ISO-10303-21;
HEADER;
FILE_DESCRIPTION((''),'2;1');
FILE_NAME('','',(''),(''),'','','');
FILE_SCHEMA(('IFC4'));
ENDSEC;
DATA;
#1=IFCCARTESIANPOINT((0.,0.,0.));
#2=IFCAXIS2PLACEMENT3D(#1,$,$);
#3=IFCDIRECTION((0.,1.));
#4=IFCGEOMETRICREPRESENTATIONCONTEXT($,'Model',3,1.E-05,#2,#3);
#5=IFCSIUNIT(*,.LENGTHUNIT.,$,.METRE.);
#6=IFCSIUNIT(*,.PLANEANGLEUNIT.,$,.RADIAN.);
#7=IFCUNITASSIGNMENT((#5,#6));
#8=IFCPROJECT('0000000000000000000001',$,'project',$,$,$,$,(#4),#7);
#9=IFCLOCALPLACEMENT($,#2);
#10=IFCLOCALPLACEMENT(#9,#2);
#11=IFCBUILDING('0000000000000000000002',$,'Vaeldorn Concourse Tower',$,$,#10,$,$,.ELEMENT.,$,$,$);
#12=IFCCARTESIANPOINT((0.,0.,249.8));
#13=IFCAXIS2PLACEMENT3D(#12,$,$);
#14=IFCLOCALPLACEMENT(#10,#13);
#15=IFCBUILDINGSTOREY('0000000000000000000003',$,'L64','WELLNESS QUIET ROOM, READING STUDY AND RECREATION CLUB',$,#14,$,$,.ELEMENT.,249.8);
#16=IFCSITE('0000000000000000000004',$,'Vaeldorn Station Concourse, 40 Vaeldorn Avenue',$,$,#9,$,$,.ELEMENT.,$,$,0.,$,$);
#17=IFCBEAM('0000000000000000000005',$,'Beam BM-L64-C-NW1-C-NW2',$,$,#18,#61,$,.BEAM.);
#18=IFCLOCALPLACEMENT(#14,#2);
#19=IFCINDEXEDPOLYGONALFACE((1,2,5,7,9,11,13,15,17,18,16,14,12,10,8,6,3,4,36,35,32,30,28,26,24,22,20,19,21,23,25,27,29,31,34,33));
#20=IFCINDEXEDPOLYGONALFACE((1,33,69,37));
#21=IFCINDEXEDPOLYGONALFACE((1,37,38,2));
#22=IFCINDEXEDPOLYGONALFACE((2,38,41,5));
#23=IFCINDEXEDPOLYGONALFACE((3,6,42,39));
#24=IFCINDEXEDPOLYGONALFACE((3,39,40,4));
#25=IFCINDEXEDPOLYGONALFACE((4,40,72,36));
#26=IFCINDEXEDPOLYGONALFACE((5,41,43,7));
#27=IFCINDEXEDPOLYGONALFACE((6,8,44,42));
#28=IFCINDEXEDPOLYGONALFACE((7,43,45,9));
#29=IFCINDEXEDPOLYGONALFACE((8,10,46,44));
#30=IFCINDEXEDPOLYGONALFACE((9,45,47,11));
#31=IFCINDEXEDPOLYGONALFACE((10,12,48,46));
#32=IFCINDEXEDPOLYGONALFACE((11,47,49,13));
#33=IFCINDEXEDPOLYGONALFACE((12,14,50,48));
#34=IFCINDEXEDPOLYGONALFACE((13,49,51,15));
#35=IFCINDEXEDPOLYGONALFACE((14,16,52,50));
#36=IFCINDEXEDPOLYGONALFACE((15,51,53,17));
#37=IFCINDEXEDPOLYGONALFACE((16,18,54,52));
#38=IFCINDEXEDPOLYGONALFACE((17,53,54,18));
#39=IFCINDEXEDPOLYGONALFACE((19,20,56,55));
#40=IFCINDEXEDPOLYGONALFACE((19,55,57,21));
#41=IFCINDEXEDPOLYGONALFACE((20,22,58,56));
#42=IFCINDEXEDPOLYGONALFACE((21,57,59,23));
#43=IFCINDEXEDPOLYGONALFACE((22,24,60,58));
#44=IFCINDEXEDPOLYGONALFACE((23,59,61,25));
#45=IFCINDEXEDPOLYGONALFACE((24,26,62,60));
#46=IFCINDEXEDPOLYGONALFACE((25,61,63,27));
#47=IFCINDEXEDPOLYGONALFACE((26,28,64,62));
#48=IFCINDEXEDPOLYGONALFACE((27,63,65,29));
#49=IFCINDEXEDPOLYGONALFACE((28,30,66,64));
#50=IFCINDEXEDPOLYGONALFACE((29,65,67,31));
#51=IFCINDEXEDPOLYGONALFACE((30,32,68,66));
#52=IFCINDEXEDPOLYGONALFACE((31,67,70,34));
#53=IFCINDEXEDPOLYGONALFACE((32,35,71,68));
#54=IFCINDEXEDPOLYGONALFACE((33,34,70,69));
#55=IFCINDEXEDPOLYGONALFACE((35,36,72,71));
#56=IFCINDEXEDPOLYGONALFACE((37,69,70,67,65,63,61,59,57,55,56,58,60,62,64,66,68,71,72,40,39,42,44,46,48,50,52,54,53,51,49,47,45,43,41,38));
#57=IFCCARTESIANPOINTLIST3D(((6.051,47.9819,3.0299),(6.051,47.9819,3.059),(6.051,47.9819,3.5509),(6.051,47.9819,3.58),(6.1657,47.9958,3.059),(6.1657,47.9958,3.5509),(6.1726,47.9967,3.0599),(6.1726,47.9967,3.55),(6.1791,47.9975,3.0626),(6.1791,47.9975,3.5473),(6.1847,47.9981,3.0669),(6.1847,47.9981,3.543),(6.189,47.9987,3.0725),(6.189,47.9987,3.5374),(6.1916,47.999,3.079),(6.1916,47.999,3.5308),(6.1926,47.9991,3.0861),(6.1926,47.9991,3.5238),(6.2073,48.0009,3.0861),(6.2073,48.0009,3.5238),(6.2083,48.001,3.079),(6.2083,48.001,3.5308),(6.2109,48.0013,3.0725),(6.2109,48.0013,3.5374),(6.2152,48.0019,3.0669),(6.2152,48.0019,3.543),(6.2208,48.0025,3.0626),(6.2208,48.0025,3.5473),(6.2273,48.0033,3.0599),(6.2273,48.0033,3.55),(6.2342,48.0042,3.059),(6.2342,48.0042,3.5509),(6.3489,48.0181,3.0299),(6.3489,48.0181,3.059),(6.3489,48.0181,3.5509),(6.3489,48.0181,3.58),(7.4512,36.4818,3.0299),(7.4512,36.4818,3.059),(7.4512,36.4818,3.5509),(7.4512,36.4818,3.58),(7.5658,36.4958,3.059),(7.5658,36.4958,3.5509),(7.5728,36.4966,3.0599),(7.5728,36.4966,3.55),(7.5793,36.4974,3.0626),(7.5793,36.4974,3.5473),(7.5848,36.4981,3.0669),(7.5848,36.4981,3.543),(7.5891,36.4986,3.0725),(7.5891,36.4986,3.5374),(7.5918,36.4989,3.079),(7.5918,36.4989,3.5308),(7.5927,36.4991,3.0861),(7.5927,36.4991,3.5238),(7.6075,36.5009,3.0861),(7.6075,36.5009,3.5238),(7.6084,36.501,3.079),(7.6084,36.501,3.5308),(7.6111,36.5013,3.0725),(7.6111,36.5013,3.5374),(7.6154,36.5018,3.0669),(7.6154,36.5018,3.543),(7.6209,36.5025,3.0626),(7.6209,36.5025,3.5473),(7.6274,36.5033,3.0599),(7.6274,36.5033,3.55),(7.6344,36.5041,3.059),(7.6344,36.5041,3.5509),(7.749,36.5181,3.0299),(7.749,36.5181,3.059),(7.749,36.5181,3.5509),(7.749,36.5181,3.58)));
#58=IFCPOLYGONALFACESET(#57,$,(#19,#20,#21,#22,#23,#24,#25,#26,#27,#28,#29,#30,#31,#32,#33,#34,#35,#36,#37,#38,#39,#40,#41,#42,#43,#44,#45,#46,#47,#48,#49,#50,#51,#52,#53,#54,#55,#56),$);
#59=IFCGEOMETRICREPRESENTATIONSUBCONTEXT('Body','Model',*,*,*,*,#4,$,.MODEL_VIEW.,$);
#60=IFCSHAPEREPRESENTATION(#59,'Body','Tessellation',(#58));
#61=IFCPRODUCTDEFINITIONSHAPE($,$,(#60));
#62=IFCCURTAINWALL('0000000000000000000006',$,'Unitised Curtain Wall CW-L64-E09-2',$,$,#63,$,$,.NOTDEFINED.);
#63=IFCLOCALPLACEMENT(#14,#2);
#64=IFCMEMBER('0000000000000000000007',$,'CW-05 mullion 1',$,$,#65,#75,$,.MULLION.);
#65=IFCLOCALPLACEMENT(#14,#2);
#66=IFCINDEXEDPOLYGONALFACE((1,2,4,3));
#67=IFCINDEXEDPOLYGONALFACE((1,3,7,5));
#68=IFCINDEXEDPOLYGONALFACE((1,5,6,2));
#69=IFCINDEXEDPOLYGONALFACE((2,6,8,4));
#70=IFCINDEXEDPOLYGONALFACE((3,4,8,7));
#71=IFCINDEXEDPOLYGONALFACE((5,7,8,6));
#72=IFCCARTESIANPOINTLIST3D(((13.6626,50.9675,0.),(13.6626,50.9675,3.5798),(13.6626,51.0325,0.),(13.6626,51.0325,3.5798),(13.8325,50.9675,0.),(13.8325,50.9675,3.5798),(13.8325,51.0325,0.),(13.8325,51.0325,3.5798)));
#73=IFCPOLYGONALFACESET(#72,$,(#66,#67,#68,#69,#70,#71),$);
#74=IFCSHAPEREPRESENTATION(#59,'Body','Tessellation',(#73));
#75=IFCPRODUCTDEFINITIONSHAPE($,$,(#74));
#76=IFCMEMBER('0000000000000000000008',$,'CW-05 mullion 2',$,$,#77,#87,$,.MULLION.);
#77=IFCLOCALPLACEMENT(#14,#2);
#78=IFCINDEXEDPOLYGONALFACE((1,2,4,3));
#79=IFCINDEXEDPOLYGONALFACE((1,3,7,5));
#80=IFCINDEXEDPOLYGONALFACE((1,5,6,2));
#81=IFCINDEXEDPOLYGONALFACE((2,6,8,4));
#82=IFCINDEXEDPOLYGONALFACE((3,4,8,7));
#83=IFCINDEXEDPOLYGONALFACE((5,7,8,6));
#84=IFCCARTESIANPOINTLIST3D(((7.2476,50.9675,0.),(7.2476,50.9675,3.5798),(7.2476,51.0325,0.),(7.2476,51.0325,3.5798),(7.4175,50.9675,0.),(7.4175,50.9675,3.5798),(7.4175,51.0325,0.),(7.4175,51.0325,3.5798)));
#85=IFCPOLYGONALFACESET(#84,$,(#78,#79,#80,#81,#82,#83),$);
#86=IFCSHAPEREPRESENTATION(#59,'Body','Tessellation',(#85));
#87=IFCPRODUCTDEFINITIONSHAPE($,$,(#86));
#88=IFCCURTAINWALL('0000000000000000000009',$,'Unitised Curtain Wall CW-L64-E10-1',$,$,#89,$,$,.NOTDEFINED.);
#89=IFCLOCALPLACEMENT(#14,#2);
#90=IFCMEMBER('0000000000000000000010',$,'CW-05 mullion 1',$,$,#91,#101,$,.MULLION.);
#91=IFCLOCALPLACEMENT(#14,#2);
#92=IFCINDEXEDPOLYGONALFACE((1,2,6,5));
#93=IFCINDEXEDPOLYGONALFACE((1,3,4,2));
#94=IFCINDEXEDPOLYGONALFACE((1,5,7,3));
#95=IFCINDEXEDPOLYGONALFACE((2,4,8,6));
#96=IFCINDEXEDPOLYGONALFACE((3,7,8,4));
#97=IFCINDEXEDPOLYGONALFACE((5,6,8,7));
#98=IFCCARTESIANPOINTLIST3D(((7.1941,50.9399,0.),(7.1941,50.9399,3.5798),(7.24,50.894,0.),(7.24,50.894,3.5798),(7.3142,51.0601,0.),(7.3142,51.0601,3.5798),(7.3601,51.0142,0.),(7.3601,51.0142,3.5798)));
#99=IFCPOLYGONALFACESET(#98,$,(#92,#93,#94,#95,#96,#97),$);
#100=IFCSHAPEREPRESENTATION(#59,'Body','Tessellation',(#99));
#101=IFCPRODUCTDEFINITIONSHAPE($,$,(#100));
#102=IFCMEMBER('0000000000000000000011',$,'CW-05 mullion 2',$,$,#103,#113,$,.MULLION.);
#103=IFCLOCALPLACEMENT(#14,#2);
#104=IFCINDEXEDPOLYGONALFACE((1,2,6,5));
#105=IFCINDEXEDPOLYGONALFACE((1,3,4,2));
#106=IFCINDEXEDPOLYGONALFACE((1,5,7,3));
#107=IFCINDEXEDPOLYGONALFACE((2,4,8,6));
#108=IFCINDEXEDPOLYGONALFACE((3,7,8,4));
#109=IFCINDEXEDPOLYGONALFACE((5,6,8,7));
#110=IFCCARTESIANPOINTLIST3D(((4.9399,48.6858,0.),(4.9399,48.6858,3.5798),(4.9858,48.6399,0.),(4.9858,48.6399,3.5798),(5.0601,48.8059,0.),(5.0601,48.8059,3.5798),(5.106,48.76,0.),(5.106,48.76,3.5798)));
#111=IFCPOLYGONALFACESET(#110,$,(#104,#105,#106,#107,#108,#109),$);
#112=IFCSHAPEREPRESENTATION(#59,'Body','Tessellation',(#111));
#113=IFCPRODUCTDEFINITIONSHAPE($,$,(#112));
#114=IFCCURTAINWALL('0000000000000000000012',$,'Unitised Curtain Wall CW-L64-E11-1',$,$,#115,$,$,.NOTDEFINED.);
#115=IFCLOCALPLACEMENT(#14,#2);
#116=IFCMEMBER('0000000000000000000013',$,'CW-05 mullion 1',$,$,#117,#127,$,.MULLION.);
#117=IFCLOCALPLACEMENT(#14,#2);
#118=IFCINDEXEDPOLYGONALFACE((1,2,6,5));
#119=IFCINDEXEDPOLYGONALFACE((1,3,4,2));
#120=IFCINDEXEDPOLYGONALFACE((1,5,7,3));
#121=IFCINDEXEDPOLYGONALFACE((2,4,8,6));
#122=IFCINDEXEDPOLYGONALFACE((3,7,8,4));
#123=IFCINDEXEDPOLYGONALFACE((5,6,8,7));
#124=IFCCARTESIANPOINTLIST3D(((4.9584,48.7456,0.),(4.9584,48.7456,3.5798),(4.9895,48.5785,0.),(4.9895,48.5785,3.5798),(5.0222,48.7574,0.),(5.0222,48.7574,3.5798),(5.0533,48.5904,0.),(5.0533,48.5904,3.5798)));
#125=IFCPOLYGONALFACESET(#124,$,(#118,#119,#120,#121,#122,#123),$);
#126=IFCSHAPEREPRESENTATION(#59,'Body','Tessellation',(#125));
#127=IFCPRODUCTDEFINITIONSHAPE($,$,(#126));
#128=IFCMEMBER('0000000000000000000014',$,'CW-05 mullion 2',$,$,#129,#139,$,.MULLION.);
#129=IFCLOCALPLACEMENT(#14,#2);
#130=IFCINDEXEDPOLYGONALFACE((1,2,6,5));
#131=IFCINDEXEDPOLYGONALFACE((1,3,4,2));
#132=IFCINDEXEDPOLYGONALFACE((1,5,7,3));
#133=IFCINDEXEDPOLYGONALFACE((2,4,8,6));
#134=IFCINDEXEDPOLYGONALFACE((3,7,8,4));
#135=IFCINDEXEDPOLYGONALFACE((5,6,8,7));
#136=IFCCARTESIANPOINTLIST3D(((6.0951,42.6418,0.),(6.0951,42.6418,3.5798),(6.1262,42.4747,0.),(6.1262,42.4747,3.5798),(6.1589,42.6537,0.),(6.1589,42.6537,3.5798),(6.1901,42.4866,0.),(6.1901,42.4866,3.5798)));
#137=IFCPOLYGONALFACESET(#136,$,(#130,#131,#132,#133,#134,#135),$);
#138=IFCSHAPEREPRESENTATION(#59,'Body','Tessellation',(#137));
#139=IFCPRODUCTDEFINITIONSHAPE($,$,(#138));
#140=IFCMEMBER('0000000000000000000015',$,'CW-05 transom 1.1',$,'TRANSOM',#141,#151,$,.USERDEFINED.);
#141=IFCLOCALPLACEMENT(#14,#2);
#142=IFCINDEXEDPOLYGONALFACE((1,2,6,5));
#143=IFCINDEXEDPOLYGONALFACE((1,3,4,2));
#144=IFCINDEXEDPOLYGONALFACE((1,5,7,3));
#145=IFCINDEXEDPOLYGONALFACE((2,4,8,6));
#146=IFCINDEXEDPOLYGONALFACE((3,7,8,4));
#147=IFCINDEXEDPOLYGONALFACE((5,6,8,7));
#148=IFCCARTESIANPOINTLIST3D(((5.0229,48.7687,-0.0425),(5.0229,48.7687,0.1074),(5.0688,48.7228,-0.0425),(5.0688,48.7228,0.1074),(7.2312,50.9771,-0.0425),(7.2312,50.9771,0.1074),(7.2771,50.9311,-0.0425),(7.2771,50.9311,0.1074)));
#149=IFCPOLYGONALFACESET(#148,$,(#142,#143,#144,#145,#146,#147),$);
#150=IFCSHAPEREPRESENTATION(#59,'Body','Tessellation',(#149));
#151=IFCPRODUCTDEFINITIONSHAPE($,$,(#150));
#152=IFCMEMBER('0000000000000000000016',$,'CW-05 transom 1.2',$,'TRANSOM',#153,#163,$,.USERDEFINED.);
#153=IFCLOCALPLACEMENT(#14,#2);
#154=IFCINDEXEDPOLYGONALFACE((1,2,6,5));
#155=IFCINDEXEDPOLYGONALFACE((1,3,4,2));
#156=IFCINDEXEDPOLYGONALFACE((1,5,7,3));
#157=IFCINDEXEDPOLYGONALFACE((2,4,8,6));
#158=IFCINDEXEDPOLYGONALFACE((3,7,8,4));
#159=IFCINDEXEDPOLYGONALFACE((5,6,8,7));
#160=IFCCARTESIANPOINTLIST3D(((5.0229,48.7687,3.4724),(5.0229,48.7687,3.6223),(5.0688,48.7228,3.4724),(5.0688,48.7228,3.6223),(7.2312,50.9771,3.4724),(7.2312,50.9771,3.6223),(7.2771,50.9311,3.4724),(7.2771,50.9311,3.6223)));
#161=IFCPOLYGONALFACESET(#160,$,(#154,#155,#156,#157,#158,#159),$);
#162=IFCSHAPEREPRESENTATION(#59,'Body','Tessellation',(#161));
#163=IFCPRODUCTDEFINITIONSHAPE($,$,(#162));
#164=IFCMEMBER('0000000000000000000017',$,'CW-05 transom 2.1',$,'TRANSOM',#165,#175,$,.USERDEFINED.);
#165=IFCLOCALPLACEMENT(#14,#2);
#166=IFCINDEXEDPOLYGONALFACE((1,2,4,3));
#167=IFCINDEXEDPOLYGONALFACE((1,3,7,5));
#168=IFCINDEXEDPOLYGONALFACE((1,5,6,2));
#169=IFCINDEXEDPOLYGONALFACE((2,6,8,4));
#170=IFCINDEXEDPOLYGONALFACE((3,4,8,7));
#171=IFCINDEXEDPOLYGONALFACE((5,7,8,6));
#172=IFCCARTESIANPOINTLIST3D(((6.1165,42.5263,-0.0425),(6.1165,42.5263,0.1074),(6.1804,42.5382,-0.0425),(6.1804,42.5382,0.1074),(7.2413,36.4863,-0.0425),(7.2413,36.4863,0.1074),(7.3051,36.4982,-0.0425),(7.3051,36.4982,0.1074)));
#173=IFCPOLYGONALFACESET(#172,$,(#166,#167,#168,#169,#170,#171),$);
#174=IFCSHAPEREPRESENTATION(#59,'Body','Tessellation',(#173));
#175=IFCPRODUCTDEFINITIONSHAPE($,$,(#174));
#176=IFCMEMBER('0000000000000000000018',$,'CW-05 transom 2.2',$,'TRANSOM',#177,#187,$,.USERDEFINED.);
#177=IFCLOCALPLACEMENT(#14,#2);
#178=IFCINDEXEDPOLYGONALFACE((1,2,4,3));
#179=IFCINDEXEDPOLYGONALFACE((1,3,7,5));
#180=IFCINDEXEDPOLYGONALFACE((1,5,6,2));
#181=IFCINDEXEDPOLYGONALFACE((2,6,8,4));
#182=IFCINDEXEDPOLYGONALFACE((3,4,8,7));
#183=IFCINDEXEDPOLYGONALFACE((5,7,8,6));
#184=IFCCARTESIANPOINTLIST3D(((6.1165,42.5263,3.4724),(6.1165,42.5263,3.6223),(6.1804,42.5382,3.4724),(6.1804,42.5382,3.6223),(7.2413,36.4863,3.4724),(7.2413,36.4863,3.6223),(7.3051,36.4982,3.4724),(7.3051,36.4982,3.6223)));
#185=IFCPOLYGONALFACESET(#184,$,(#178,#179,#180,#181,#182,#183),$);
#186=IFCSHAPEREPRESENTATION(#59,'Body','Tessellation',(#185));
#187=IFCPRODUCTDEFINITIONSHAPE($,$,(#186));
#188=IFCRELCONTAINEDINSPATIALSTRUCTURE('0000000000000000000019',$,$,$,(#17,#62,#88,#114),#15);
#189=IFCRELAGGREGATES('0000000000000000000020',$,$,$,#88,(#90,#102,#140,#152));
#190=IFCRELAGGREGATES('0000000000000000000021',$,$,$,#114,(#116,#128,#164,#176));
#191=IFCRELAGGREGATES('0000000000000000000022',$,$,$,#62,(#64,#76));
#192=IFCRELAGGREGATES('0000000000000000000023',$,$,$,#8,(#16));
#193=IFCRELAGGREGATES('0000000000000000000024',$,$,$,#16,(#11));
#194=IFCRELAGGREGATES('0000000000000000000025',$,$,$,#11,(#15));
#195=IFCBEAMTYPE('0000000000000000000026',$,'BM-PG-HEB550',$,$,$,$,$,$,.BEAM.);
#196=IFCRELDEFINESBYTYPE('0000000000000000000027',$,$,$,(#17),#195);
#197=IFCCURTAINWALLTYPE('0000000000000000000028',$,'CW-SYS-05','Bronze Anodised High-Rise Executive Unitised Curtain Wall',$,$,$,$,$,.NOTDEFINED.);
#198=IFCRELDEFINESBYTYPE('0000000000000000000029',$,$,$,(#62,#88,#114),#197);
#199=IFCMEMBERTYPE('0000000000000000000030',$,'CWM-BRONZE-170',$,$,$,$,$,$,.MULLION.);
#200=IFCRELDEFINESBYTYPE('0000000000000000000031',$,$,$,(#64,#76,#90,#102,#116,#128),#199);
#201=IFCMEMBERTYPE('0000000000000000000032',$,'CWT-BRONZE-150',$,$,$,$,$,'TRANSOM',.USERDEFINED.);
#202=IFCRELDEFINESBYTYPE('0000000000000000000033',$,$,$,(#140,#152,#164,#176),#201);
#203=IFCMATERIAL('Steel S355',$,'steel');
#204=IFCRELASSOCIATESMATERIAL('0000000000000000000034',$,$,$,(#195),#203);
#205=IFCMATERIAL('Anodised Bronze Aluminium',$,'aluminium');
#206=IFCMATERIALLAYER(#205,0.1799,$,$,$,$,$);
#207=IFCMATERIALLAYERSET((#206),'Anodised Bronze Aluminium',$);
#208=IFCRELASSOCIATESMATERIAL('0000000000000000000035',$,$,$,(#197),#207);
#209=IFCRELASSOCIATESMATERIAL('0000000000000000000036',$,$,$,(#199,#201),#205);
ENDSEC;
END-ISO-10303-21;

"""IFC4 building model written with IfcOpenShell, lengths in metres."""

from ifc_helpers import new_model, si_unit, direction, frame, origin, origin_2d, place, context, subcontext, project, spatial, rectangle, i_section, extrude, source, transform, mapped, material, layer, layer_set, material_profile, profile_set, type_object, element, aggregate, save


model = new_model("IFC4")

# Units and contexts
model_context = context("Model", 3, precision=1e-05, world=origin(), true_north=direction((0.0, 1.0)))
body_context = subcontext(model_context, "Body", "Model", "MODEL_VIEW")
ifc_project = project(units=[si_unit("LENGTHUNIT", "METRE"), si_unit("PLANEANGLEUNIT", "RADIAN")], contexts=[model_context])

# Site, building, storey
site_placement = place(None, origin())
site = spatial("IfcSite", under=ifc_project, at=site_placement, Name="Vaeldorn Station Concourse, 40 Vaeldorn Avenue", CompositionType="ELEMENT", RefElevation=0.0)
building_placement = place(site_placement, origin())
building = spatial("IfcBuilding", under=site, at=building_placement, Name="Vaeldorn Concourse Tower", CompositionType="ELEMENT")
storey_placement = place(building_placement, frame((0.0, 0.0, 249.8)))
storey = spatial("IfcBuildingStorey", under=building, at=storey_placement, Name="L64", Description="WELLNESS QUIET ROOM, READING STUDY AND RECREATION CLUB", CompositionType="ELEMENT", Elevation=249.8)

# Shared definitions
ifc_material_1 = material(Name="Steel S355", Category="steel")

# Beam
ifc_material_profile_1 = material_profile(ifc_material_1, i_section(OverallWidth=0.3, OverallDepth=0.55, WebThickness=0.0149, FlangeThickness=0.0291, FilletRadius=0.0271, at=origin_2d()), Name="HEB 550")
ifc_profile_set_1 = profile_set([ifc_material_profile_1], Name="Steel S355")
beam_type_1 = type_object("IfcBeamType", Name="BM-PG-HEB550", PredefinedType="BEAM", material=ifc_profile_set_1)
shared_shape_1 = source(origin(), body_context, "Body", "SweptSolid", [
    extrude(i_section(OverallWidth=0.3, OverallDepth=0.55, WebThickness=0.0149, FlangeThickness=0.0291, FilletRadius=0.0271, at=origin_2d()), origin(), (0.0, 0.0, 1.0), 11.585),
])
beam_1_placement = place(storey_placement, frame((6.2, 48.0, 3.3049), z_axis=(0.120859, -0.99267, 0.0), x_axis=(0.99267, 0.120859, 0.0)))
element("IfcBeam", 1, at=beam_1_placement, inside=storey, type_object=beam_type_1, Name="Beam BM-L64-C-NW1-C-NW2", PredefinedType="BEAM", context=body_context, shape_type="MappedRepresentation", body=[
    mapped(shared_shape_1, transform((0.0, 0.0, 0.0), scale=1.0)),
])

# Curtain walls, members
ifc_material_2 = material(Name="Anodised Bronze Aluminium", Category="aluminium")
ifc_layer_1 = layer(ifc_material_2, 0.1799)
ifc_layer_set_1 = layer_set([ifc_layer_1], Name="Anodised Bronze Aluminium")
curtain_wall_type = type_object("IfcCurtainWallType", Name="CW-SYS-05", Description="Bronze Anodised High-Rise Executive Unitised Curtain Wall", PredefinedType="NOTDEFINED", material=ifc_layer_set_1)
curtain_wall_1_placement = place(storey_placement, origin())
curtain_wall_1 = element("IfcCurtainWall", 2, at=curtain_wall_1_placement, inside=storey, type_object=curtain_wall_type, Name="Unitised Curtain Wall CW-L64-E09-2", PredefinedType="NOTDEFINED")
ifc_material_profile_2 = material_profile(ifc_material_2, rectangle(XDim=0.0649, YDim=0.1699, at=origin_2d()), Name="CWM 65x170")
ifc_profile_set_2 = profile_set([ifc_material_profile_2], Name="Anodised Bronze Aluminium")
member_type_1 = type_object("IfcMemberType", Name="CWM-BRONZE-170", PredefinedType="MULLION", material=ifc_profile_set_2)
shared_shape_2 = source(origin(), body_context, "Body", "SweptSolid", [
    extrude(rectangle(XDim=0.0649, YDim=0.1699, at=origin_2d()), origin(), (0.0, 0.0, 1.0), 3.5798),
])
member_1_placement = place(storey_placement, frame((13.7476, 51.0, 0.0), z_axis=(0.0, 0.0, 1.0), x_axis=(0.0, -1.0, 0.0)))
member_1 = element("IfcMember", 3, at=member_1_placement, type_object=member_type_1, Name="CW-05 mullion 1", PredefinedType="MULLION", context=body_context, shape_type="MappedRepresentation", body=[
    mapped(shared_shape_2, transform((0.0, 0.0, 0.0), scale=1.0)),
])
member_2_placement = place(storey_placement, frame((7.3325, 51.0, 0.0), z_axis=(0.0, 0.0, 1.0), x_axis=(0.0, -1.0, 0.0)))
member_2 = element("IfcMember", 4, at=member_2_placement, type_object=member_type_1, Name="CW-05 mullion 2", PredefinedType="MULLION", context=body_context, shape_type="MappedRepresentation", body=[
    mapped(shared_shape_2, transform((0.0, 0.0, 0.0), scale=1.0)),
])
curtain_wall_2_placement = place(storey_placement, origin())
curtain_wall_2 = element("IfcCurtainWall", 5, at=curtain_wall_2_placement, inside=storey, type_object=curtain_wall_type, Name="Unitised Curtain Wall CW-L64-E10-1", PredefinedType="NOTDEFINED")
member_3_placement = place(storey_placement, frame((7.2771, 50.9771, 0.0), z_axis=(0.0, 0.0, 1.0), x_axis=(0.707107, -0.707107, 0.0)))
member_3 = element("IfcMember", 6, at=member_3_placement, type_object=member_type_1, Name="CW-05 mullion 1", PredefinedType="MULLION", context=body_context, shape_type="MappedRepresentation", body=[
    mapped(shared_shape_2, transform((0.0, 0.0, 0.0), scale=1.0)),
])
member_4_placement = place(storey_placement, frame((5.0229, 48.7229, 0.0), z_axis=(0.0, 0.0, 1.0), x_axis=(0.707107, -0.707107, 0.0)))
member_4 = element("IfcMember", 7, at=member_4_placement, type_object=member_type_1, Name="CW-05 mullion 2", PredefinedType="MULLION", context=body_context, shape_type="MappedRepresentation", body=[
    mapped(shared_shape_2, transform((0.0, 0.0, 0.0), scale=1.0)),
])
curtain_wall_3_placement = place(storey_placement, origin())
curtain_wall_3 = element("IfcCurtainWall", 8, at=curtain_wall_3_placement, inside=storey, type_object=curtain_wall_type, Name="Unitised Curtain Wall CW-L64-E11-1", PredefinedType="NOTDEFINED")
member_5_placement = place(storey_placement, frame((5.0059, 48.668, 0.0), z_axis=(0.0, 0.0, 1.0), x_axis=(0.983103, 0.183054, 0.0)))
member_5 = element("IfcMember", 9, at=member_5_placement, type_object=member_type_1, Name="CW-05 mullion 1", PredefinedType="MULLION", context=body_context, shape_type="MappedRepresentation", body=[
    mapped(shared_shape_2, transform((0.0, 0.0, 0.0), scale=1.0)),
])
member_6_placement = place(storey_placement, frame((6.1426, 42.5642, 0.0), z_axis=(0.0, 0.0, 1.0), x_axis=(0.983103, 0.183054, 0.0)))
member_6 = element("IfcMember", 10, at=member_6_placement, type_object=member_type_1, Name="CW-05 mullion 2", PredefinedType="MULLION", context=body_context, shape_type="MappedRepresentation", body=[
    mapped(shared_shape_2, transform((0.0, 0.0, 0.0), scale=1.0)),
])

# Members
ifc_material_profile_3 = material_profile(ifc_material_2, rectangle(XDim=0.0649, YDim=0.1499, at=origin_2d()), Name="CWT 65x150")
ifc_profile_set_3 = profile_set([ifc_material_profile_3], Name="Anodised Bronze Aluminium")
member_type_2 = type_object("IfcMemberType", Name="CWT-BRONZE-150", ElementType="TRANSOM", PredefinedType="USERDEFINED", material=ifc_profile_set_3)
shared_shape_3 = source(origin(), body_context, "Body", "SweptSolid", [
    extrude(rectangle(XDim=0.0649, YDim=0.1499, at=origin_2d()), origin(), (0.0, 0.0, 1.0), 3.123),
])
member_7_placement = place(storey_placement, frame((7.2542, 50.9541, 0.0325), z_axis=(-0.707107, -0.707107, 0.0), x_axis=(0.707107, -0.707107, 0.0)))
member_7 = element("IfcMember", 11, at=member_7_placement, type_object=member_type_2, Name="CW-05 transom 1.1", ObjectType="TRANSOM", PredefinedType="USERDEFINED", context=body_context, shape_type="MappedRepresentation", body=[
    mapped(shared_shape_3, transform((0.0, 0.0, 0.0), scale=1.0)),
])
member_8_placement = place(storey_placement, frame((7.2542, 50.9541, 3.5474), z_axis=(-0.707107, -0.707107, 0.0), x_axis=(0.707107, -0.707107, 0.0)))
member_8 = element("IfcMember", 12, at=member_8_placement, type_object=member_type_2, Name="CW-05 transom 1.2", ObjectType="TRANSOM", PredefinedType="USERDEFINED", context=body_context, shape_type="MappedRepresentation", body=[
    mapped(shared_shape_3, transform((0.0, 0.0, 0.0), scale=1.0)),
])
shared_shape_4 = source(origin(), body_context, "Body", "SweptSolid", [
    extrude(rectangle(XDim=0.0649, YDim=0.1499, at=origin_2d()), origin(), (0.0, 0.0, 1.0), 6.1438),
])
member_9_placement = place(storey_placement, frame((6.1484, 42.5322, 0.0325), z_axis=(0.18307, -0.9831, 0.0), x_axis=(0.9831, 0.18307, 0.0)))
member_9 = element("IfcMember", 13, at=member_9_placement, type_object=member_type_2, Name="CW-05 transom 2.1", ObjectType="TRANSOM", PredefinedType="USERDEFINED", context=body_context, shape_type="MappedRepresentation", body=[
    mapped(shared_shape_4, transform((0.0, 0.0, 0.0), scale=1.0)),
])
member_10_placement = place(storey_placement, frame((6.1484, 42.5322, 3.5474), z_axis=(0.18307, -0.9831, 0.0), x_axis=(0.9831, 0.18307, 0.0)))
member_10 = element("IfcMember", 14, at=member_10_placement, type_object=member_type_2, Name="CW-05 transom 2.2", ObjectType="TRANSOM", PredefinedType="USERDEFINED", context=body_context, shape_type="MappedRepresentation", body=[
    mapped(shared_shape_4, transform((0.0, 0.0, 0.0), scale=1.0)),
])

aggregate(curtain_wall_2, [member_3, member_4, member_7, member_8])
aggregate(curtain_wall_3, [member_5, member_6, member_9, member_10])
aggregate(curtain_wall_1, [member_1, member_2])

save(model, "model.ifc")
